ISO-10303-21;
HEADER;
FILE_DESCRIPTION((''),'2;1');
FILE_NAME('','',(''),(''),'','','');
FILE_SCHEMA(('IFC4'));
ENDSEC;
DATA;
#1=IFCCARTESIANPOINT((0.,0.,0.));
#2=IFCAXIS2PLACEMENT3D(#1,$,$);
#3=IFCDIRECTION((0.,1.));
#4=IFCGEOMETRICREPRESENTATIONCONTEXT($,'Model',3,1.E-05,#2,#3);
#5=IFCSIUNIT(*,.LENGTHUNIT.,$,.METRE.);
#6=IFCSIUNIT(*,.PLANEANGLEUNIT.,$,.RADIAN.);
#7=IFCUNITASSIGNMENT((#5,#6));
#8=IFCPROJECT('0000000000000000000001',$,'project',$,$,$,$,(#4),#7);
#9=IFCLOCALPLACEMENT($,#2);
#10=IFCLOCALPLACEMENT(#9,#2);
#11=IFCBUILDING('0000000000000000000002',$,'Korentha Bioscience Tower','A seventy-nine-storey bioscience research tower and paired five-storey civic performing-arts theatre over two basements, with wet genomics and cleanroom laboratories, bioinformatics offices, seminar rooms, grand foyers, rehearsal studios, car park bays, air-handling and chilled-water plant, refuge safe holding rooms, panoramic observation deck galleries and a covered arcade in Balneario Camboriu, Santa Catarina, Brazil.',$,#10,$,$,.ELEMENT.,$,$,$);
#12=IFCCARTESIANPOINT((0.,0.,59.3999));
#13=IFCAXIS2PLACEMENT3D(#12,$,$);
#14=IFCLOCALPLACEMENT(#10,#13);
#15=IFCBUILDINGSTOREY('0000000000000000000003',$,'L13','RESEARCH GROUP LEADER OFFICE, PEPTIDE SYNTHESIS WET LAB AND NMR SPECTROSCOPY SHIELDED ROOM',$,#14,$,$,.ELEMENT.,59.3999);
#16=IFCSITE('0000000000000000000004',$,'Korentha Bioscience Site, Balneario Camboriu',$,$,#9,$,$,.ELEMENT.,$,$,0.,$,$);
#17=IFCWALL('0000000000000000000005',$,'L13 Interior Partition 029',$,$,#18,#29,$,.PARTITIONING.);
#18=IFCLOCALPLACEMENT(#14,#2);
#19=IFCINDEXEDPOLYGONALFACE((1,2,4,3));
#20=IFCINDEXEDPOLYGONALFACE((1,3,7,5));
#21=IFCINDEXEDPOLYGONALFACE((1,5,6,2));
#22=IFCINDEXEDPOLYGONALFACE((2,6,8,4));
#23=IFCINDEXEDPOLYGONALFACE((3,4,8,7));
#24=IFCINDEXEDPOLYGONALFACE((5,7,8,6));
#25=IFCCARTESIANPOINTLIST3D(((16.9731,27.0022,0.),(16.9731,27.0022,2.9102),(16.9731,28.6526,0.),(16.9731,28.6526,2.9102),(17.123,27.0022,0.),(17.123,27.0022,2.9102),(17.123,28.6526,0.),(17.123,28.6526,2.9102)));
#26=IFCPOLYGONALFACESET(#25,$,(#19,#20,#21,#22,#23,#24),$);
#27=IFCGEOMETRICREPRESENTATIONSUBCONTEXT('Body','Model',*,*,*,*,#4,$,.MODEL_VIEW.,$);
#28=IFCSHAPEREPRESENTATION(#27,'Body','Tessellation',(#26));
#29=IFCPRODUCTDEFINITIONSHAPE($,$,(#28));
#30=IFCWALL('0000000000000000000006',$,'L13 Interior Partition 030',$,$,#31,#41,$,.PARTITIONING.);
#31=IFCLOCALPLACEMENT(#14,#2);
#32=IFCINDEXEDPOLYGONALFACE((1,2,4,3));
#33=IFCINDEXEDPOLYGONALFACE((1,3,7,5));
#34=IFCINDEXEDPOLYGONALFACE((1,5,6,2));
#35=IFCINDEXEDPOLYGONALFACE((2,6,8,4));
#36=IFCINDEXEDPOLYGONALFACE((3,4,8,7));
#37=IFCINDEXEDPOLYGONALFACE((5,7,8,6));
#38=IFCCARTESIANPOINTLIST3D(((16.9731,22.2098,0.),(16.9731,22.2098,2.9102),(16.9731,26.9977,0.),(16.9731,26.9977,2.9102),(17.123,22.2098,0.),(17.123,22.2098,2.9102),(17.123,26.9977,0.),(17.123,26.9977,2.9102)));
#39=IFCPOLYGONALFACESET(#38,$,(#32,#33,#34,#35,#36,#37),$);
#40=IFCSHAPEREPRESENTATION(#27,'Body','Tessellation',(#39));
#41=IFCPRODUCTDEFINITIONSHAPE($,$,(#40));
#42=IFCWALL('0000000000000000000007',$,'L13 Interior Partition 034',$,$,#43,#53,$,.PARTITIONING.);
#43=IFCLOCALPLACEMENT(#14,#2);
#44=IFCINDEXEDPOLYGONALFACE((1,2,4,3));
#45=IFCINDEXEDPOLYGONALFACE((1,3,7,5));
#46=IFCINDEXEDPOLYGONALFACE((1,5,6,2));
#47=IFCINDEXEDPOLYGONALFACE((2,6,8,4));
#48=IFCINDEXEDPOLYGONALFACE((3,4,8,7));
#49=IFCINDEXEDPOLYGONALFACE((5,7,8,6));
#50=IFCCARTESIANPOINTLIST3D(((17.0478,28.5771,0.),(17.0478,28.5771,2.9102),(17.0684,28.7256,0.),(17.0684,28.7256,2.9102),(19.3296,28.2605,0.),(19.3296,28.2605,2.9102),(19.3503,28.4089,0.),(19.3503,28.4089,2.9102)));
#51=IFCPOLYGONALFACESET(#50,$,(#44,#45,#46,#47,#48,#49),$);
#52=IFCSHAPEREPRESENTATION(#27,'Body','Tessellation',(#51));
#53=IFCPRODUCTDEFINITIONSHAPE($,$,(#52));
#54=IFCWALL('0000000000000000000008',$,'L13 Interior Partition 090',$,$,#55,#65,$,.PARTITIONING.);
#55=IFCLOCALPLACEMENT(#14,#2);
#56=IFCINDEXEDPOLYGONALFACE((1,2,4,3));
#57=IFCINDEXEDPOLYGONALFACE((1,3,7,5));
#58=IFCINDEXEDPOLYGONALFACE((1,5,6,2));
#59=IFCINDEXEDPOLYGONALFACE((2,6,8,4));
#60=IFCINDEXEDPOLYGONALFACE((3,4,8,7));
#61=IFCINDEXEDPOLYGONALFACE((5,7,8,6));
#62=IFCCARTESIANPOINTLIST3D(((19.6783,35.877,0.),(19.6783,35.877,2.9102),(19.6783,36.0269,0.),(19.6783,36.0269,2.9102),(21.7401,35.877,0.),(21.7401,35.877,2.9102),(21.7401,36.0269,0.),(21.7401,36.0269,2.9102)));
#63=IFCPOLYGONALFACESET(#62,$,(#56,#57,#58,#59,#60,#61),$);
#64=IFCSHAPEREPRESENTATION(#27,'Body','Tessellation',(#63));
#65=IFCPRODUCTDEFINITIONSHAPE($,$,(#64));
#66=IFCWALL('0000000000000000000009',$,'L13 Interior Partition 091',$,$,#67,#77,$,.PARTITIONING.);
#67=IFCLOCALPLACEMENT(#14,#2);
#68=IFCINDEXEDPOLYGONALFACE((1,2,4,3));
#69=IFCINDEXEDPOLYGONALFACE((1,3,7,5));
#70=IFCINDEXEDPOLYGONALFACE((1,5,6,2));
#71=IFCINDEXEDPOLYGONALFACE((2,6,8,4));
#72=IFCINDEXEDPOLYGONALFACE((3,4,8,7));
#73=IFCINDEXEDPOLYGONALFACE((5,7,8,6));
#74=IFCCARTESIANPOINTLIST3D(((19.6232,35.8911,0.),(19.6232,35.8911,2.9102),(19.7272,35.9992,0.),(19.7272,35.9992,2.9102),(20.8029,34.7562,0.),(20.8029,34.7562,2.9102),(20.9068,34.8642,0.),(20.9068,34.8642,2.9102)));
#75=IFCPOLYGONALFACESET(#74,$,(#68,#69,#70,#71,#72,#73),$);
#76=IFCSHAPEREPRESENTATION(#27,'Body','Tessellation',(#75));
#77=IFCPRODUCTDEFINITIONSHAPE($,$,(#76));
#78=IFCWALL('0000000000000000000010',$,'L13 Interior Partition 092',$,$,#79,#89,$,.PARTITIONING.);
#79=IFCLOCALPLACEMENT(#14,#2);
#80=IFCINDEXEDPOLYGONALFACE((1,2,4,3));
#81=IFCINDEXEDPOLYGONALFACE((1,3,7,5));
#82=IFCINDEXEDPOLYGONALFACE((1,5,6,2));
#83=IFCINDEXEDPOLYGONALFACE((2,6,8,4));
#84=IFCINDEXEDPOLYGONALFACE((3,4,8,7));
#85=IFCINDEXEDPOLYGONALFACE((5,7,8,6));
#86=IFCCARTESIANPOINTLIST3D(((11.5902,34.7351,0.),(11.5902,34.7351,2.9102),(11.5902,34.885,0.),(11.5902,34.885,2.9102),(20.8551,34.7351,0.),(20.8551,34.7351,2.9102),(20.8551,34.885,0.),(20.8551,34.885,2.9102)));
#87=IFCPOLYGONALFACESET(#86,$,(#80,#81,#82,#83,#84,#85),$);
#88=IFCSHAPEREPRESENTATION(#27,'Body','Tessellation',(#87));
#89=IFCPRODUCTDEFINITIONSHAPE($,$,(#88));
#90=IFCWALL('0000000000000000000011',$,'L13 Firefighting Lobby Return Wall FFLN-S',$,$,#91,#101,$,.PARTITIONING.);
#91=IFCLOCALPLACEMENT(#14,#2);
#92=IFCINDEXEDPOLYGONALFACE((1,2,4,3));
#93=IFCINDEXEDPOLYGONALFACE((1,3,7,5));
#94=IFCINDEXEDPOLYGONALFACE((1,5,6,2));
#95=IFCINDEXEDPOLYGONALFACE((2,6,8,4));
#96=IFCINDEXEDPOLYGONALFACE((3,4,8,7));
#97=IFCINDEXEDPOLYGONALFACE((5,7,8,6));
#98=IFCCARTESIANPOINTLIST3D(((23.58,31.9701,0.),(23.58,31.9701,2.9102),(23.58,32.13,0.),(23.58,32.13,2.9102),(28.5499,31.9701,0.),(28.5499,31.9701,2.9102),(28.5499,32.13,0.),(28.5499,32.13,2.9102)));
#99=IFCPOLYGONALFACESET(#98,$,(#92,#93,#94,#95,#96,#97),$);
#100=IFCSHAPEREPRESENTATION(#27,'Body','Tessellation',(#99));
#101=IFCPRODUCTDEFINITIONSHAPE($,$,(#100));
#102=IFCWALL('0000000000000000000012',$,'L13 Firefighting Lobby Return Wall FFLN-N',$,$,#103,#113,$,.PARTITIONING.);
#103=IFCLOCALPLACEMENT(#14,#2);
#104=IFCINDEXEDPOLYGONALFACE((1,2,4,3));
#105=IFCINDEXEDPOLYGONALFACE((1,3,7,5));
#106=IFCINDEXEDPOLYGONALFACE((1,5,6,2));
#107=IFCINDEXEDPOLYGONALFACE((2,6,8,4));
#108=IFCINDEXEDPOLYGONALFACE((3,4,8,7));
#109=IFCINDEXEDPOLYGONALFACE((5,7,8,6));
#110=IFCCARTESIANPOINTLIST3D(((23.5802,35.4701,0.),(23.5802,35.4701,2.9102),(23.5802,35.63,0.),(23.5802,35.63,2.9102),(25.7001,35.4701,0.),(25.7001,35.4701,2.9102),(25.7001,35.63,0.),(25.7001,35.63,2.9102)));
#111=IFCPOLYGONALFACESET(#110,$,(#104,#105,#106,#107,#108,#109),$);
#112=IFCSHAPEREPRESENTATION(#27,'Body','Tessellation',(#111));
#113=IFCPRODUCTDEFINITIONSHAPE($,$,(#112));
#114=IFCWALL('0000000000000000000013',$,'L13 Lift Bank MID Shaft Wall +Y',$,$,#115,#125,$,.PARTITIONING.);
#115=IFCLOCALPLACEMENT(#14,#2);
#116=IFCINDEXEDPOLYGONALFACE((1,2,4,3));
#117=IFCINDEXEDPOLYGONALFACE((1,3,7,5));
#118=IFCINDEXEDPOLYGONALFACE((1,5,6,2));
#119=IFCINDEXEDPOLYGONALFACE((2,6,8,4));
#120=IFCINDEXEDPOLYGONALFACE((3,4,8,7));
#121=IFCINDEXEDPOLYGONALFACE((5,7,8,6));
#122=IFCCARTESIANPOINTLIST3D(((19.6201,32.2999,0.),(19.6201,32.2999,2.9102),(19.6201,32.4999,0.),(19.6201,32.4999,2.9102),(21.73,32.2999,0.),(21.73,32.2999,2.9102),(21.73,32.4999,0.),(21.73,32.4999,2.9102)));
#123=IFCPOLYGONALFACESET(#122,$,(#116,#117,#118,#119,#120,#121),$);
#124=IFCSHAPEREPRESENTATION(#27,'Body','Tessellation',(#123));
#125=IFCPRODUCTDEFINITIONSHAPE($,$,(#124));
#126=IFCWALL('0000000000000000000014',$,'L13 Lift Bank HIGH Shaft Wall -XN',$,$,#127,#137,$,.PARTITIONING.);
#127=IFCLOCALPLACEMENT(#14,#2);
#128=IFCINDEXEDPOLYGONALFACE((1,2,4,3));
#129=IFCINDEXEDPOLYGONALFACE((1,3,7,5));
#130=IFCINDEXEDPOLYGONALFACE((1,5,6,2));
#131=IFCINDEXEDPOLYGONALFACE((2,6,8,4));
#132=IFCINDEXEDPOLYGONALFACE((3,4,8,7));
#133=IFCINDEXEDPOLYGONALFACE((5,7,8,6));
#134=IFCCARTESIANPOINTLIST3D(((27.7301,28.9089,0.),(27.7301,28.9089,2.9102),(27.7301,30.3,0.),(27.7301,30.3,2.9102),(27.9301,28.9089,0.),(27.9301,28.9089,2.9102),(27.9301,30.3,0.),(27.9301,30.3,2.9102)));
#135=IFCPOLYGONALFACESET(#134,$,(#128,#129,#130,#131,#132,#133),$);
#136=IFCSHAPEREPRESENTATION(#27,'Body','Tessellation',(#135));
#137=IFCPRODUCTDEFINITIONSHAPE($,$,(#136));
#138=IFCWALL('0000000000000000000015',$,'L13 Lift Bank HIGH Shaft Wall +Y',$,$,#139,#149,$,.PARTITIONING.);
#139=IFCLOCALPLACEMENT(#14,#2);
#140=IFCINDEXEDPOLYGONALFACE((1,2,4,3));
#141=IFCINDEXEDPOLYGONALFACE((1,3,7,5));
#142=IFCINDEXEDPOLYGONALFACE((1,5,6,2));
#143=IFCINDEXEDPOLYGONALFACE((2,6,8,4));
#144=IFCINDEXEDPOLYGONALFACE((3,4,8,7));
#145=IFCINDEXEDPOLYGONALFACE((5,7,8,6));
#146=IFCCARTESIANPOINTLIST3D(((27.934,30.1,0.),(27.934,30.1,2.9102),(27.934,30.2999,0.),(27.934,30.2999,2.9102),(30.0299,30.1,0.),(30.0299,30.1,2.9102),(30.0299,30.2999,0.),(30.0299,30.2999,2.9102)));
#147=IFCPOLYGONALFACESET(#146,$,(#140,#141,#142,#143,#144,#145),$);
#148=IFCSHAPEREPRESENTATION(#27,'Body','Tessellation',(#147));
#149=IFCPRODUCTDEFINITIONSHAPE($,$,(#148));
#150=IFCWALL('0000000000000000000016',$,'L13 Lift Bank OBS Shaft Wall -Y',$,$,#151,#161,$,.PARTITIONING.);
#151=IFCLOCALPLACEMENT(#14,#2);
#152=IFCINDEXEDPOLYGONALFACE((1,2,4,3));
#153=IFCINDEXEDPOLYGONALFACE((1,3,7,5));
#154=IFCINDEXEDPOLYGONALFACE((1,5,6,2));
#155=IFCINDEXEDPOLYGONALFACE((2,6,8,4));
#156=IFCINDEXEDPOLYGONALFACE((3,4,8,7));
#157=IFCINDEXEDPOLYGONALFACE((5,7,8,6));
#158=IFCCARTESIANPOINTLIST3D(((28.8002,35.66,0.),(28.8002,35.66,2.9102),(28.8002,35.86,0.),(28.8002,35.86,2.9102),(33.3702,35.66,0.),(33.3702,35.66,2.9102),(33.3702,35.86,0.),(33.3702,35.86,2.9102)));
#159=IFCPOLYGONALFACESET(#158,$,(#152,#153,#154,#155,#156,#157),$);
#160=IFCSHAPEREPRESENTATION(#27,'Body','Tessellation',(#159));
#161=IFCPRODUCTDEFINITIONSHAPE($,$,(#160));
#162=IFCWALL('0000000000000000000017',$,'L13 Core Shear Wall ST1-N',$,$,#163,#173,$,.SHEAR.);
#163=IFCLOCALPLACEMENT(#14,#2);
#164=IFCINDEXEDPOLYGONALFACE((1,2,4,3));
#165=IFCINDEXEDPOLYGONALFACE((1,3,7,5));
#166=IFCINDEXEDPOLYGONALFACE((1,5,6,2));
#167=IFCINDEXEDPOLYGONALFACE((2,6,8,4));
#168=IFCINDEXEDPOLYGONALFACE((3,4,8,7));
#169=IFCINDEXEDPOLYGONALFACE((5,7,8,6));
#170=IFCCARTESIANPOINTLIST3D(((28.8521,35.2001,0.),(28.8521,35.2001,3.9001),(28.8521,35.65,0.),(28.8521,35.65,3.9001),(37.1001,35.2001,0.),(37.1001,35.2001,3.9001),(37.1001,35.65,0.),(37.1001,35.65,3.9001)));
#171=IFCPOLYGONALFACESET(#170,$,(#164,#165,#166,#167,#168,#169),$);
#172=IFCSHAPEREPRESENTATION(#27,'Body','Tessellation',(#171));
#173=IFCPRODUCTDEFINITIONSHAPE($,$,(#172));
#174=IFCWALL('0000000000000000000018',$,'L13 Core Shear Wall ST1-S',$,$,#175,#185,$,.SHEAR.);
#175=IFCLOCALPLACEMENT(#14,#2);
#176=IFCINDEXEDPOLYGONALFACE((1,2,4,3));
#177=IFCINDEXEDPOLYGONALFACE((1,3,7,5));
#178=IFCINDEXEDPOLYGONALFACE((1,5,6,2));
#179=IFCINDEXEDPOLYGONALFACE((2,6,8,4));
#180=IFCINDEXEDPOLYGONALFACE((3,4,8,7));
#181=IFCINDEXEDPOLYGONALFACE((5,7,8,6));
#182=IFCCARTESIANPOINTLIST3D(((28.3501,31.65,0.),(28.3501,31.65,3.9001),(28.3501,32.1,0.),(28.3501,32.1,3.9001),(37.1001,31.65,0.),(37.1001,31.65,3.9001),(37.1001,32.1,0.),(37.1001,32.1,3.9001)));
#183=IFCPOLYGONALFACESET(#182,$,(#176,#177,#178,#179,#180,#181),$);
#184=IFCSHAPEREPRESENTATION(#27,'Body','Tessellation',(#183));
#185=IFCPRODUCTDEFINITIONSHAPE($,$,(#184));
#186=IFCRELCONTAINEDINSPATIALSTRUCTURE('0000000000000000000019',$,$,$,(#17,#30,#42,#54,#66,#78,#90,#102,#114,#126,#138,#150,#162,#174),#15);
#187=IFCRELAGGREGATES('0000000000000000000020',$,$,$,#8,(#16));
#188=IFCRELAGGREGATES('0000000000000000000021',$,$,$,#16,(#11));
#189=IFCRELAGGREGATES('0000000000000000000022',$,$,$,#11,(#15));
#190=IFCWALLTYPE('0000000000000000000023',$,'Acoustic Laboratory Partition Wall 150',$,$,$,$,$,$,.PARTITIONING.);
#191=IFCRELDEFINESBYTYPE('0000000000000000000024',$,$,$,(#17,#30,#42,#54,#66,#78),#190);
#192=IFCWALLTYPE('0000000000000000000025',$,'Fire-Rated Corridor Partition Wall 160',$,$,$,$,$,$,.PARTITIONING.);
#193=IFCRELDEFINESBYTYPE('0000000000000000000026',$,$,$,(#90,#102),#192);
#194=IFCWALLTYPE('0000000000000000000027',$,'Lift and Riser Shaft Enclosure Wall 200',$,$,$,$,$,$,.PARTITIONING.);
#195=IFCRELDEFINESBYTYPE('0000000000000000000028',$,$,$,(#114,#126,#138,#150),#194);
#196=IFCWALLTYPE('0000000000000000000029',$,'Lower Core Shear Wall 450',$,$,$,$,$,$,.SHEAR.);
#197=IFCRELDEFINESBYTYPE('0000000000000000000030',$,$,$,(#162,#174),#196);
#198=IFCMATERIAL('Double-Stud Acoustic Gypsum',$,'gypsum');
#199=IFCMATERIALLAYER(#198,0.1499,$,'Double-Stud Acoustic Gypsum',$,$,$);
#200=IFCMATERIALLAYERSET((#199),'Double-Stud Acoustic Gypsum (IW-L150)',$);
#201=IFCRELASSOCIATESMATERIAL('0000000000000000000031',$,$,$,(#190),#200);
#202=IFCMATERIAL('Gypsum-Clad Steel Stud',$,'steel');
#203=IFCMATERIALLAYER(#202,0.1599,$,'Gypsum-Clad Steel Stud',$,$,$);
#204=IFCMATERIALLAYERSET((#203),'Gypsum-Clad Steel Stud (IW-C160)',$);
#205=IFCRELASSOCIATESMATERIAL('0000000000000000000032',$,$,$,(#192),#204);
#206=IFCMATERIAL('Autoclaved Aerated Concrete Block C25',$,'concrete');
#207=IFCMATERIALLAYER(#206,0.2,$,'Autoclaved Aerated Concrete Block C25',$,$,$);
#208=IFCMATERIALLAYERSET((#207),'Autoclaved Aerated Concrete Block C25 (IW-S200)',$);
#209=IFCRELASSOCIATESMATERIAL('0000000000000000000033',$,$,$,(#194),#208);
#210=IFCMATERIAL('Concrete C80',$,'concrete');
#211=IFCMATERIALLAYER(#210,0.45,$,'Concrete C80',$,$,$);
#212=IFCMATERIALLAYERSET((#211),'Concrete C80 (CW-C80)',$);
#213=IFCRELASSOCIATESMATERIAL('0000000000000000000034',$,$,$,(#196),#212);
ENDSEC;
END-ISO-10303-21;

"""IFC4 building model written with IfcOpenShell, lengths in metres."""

from ifc_helpers import new_model, si_unit, direction, frame, frame_2d, origin, place, context, subcontext, project, spatial, rectangle, extrude, material, layer, layer_set, type_object, element, save


model = new_model("IFC4")

# Units and contexts
model_context = context("Model", 3, precision=1e-05, world=origin(), true_north=direction((0.0, 1.0)))
body_context = subcontext(model_context, "Body", "Model", "MODEL_VIEW")
ifc_project = project(units=[si_unit("LENGTHUNIT", "METRE"), si_unit("PLANEANGLEUNIT", "RADIAN")], contexts=[model_context])

# Site, building, storey
site_placement = place(None, origin())
site = spatial("IfcSite", under=ifc_project, at=site_placement, Name="Korentha Bioscience Site, Balneario Camboriu", CompositionType="ELEMENT", RefElevation=0.0)
building_placement = place(site_placement, origin())
building = spatial("IfcBuilding", under=site, at=building_placement, Name="Korentha Bioscience Tower", Description="A seventy-nine-storey bioscience research tower and paired five-storey civic performing-arts theatre over two basements, with wet genomics and cleanroom laboratories, bioinformatics offices, seminar rooms, grand foyers, rehearsal studios, car park bays, air-handling and chilled-water plant, refuge safe holding rooms, panoramic observation deck galleries and a covered arcade in Balneario Camboriu, Santa Catarina, Brazil.", CompositionType="ELEMENT")
storey_placement = place(building_placement, frame((0.0, 0.0, 59.3999)))
storey = spatial("IfcBuildingStorey", under=building, at=storey_placement, Name="L13", Description="RESEARCH GROUP LEADER OFFICE, PEPTIDE SYNTHESIS WET LAB AND NMR SPECTROSCOPY SHIELDED ROOM", CompositionType="ELEMENT", Elevation=59.3999)

# Walls
ifc_material_1 = material(Name="Double-Stud Acoustic Gypsum", Category="gypsum")
ifc_layer_1 = layer(ifc_material_1, 0.1499, Name="Double-Stud Acoustic Gypsum")
ifc_layer_set_1 = layer_set([ifc_layer_1], Name="Double-Stud Acoustic Gypsum (IW-L150)")
wall_type_1 = type_object("IfcWallType", Name="Acoustic Laboratory Partition Wall 150", PredefinedType="PARTITIONING", material=ifc_layer_set_1)
wall_1_placement = place(storey_placement, frame((17.0481, 28.6526, 0.0), z_axis=(0.0, 0.0, 1.0), x_axis=(0.0, -1.0, 0.0)))
element("IfcWall", 1, at=wall_1_placement, inside=storey, type_object=wall_type_1, Name="L13 Interior Partition 029", PredefinedType="PARTITIONING", context=body_context, shape_type="SweptSolid", body=[
    extrude(rectangle(XDim=1.6504, YDim=0.1499, at=frame_2d((0.8252, 0.0))), origin(), (0.0, 0.0, 1.0), 2.9102),
])
wall_2_placement = place(storey_placement, frame((17.0481, 26.9978, 0.0), z_axis=(0.0, 0.0, 1.0), x_axis=(0.0, -1.0, 0.0)))
element("IfcWall", 2, at=wall_2_placement, inside=storey, type_object=wall_type_1, Name="L13 Interior Partition 030", PredefinedType="PARTITIONING", context=body_context, shape_type="SweptSolid", body=[
    extrude(rectangle(XDim=4.7878, YDim=0.1499, at=frame_2d((2.394, 0.0))), origin(), (0.0, 0.0, 1.0), 2.9102),
])
wall_3_placement = place(storey_placement, frame((17.0581, 28.6514, 0.0), z_axis=(0.0, 0.0, 1.0), x_axis=(0.990508, -0.137459, 0.0)))
element("IfcWall", 3, at=wall_3_placement, inside=storey, type_object=wall_type_1, Name="L13 Interior Partition 034", PredefinedType="PARTITIONING", context=body_context, shape_type="SweptSolid", body=[
    extrude(rectangle(XDim=2.3037, YDim=0.1499, at=frame_2d((1.1519, 0.0))), origin(), (0.0, 0.0, 1.0), 2.9102),
])
wall_4_placement = place(storey_placement, frame((21.74, 35.9519, 0.0), z_axis=(0.0, 0.0, 1.0), x_axis=(-1.0, 0.0, 0.0)))
element("IfcWall", 4, at=wall_4_placement, inside=storey, type_object=wall_type_1, Name="L13 Interior Partition 090", PredefinedType="PARTITIONING", context=body_context, shape_type="SweptSolid", body=[
    extrude(rectangle(XDim=2.0618, YDim=0.1499, at=frame_2d((1.0308, 0.0))), origin(), (0.0, 0.0, 1.0), 2.9102),
])
wall_5_placement = place(storey_placement, frame((19.6753, 35.9451, 0.0), z_axis=(0.0, 0.0, 1.0), x_axis=(0.720621, -0.693329, 0.0)))
element("IfcWall", 5, at=wall_5_placement, inside=storey, type_object=wall_type_1, Name="L13 Interior Partition 091", PredefinedType="PARTITIONING", context=body_context, shape_type="SweptSolid", body=[
    extrude(rectangle(XDim=1.637, YDim=0.1499, at=frame_2d((0.8184, 0.0))), origin(), (0.0, 0.0, 1.0), 2.9102),
])
wall_6_placement = place(storey_placement, frame((20.855, 34.8101, 0.0), z_axis=(0.0, 0.0, 1.0), x_axis=(-1.0, 0.0, 0.0)))
element("IfcWall", 6, at=wall_6_placement, inside=storey, type_object=wall_type_1, Name="L13 Interior Partition 092", PredefinedType="PARTITIONING", context=body_context, shape_type="SweptSolid", body=[
    extrude(rectangle(XDim=9.2649, YDim=0.1499, at=frame_2d((4.6323, 0.0))), origin(), (0.0, 0.0, 1.0), 2.9102),
])

# Shared definitions
ifc_material_2 = material(Name="Gypsum-Clad Steel Stud", Category="steel")
ifc_layer_2 = layer(ifc_material_2, 0.1599, Name="Gypsum-Clad Steel Stud")
ifc_layer_set_2 = layer_set([ifc_layer_2], Name="Gypsum-Clad Steel Stud (IW-C160)")
wall_type_2 = type_object("IfcWallType", Name="Fire-Rated Corridor Partition Wall 160", PredefinedType="PARTITIONING", material=ifc_layer_set_2)

# Walls
wall_7_placement = place(storey_placement, frame((23.5801, 32.05, 0.0), z_axis=(0.0, 0.0, 1.0), x_axis=(1.0, 0.0, 0.0)))
element("IfcWall", 7, at=wall_7_placement, inside=storey, type_object=wall_type_2, Name="L13 Firefighting Lobby Return Wall FFLN-S", PredefinedType="PARTITIONING", context=body_context, shape_type="SweptSolid", body=[
    extrude(rectangle(XDim=4.97, YDim=0.1599, at=frame_2d((2.4849, 0.0))), origin(), (0.0, 0.0, 1.0), 2.9102),
])
wall_8_placement = place(storey_placement, frame((23.5801, 35.55, 0.0), z_axis=(0.0, 0.0, 1.0), x_axis=(1.0, 0.0, 0.0)))
element("IfcWall", 8, at=wall_8_placement, inside=storey, type_object=wall_type_2, Name="L13 Firefighting Lobby Return Wall FFLN-N", PredefinedType="PARTITIONING", context=body_context, shape_type="SweptSolid", body=[
    extrude(rectangle(XDim=2.1199, YDim=0.1599, at=frame_2d((1.0601, 0.0))), origin(), (0.0, 0.0, 1.0), 2.9102),
])
ifc_material_3 = material(Name="Autoclaved Aerated Concrete Block C25", Category="concrete")
ifc_layer_3 = layer(ifc_material_3, 0.2, Name="Autoclaved Aerated Concrete Block C25")
ifc_layer_set_3 = layer_set([ifc_layer_3], Name="Autoclaved Aerated Concrete Block C25 (IW-S200)")
wall_type_3 = type_object("IfcWallType", Name="Lift and Riser Shaft Enclosure Wall 200", PredefinedType="PARTITIONING", material=ifc_layer_set_3)
wall_9_placement = place(storey_placement, frame((19.6201, 32.3999, 0.0), z_axis=(0.0, 0.0, 1.0), x_axis=(1.0, 0.0, 0.0)))
element("IfcWall", 9, at=wall_9_placement, inside=storey, type_object=wall_type_3, Name="L13 Lift Bank MID Shaft Wall +Y", PredefinedType="PARTITIONING", context=body_context, shape_type="SweptSolid", body=[
    extrude(rectangle(XDim=2.1099, YDim=0.2, at=frame_2d((1.0549, 0.0))), origin(), (0.0, 0.0, 1.0), 2.9102),
])
wall_10_placement = place(storey_placement, frame((27.8301, 28.9089, 0.0), z_axis=(0.0, 0.0, 1.0), x_axis=(0.0, 1.0, 0.0)))
element("IfcWall", 10, at=wall_10_placement, inside=storey, type_object=wall_type_3, Name="L13 Lift Bank HIGH Shaft Wall -XN", PredefinedType="PARTITIONING", context=body_context, shape_type="SweptSolid", body=[
    extrude(rectangle(XDim=1.3911, YDim=0.2, at=frame_2d((0.6956, 0.0))), origin(), (0.0, 0.0, 1.0), 2.9102),
])
wall_11_placement = place(storey_placement, frame((27.9341, 30.2, 0.0), z_axis=(0.0, 0.0, 1.0), x_axis=(1.0, 0.0, 0.0)))
element("IfcWall", 11, at=wall_11_placement, inside=storey, type_object=wall_type_3, Name="L13 Lift Bank HIGH Shaft Wall +Y", PredefinedType="PARTITIONING", context=body_context, shape_type="SweptSolid", body=[
    extrude(rectangle(XDim=2.0959, YDim=0.2, at=frame_2d((1.0479, 0.0))), origin(), (0.0, 0.0, 1.0), 2.9102),
])
wall_12_placement = place(storey_placement, frame((28.8, 35.76, 0.0), z_axis=(0.0, 0.0, 1.0), x_axis=(1.0, 0.0, 0.0)))
element("IfcWall", 12, at=wall_12_placement, inside=storey, type_object=wall_type_3, Name="L13 Lift Bank OBS Shaft Wall -Y", PredefinedType="PARTITIONING", context=body_context, shape_type="SweptSolid", body=[
    extrude(rectangle(XDim=4.5701, YDim=0.2, at=frame_2d((2.2852, 0.0))), origin(), (0.0, 0.0, 1.0), 2.9102),
])
ifc_material_4 = material(Name="Concrete C80", Category="concrete")
ifc_layer_4 = layer(ifc_material_4, 0.45, Name="Concrete C80")
ifc_layer_set_4 = layer_set([ifc_layer_4], Name="Concrete C80 (CW-C80)")
wall_type_4 = type_object("IfcWallType", Name="Lower Core Shear Wall 450", PredefinedType="SHEAR", material=ifc_layer_set_4)
wall_13_placement = place(storey_placement, frame((28.8521, 35.425, 0.0), z_axis=(0.0, 0.0, 1.0), x_axis=(1.0, 0.0, 0.0)))
element("IfcWall", 13, at=wall_13_placement, inside=storey, type_object=wall_type_4, Name="L13 Core Shear Wall ST1-N", PredefinedType="SHEAR", context=body_context, shape_type="SweptSolid", body=[
    extrude(rectangle(XDim=8.248, YDim=0.45, at=frame_2d((4.124, 0.0))), origin(), (0.0, 0.0, 1.0), 3.9001),
])
wall_14_placement = place(storey_placement, frame((28.3501, 31.875, 0.0), z_axis=(0.0, 0.0, 1.0), x_axis=(1.0, 0.0, 0.0)))
element("IfcWall", 14, at=wall_14_placement, inside=storey, type_object=wall_type_4, Name="L13 Core Shear Wall ST1-S", PredefinedType="SHEAR", context=body_context, shape_type="SweptSolid", body=[
    extrude(rectangle(XDim=8.75, YDim=0.45, at=frame_2d((4.375, 0.0))), origin(), (0.0, 0.0, 1.0), 3.9001),
])

save(model, "model.ifc")
